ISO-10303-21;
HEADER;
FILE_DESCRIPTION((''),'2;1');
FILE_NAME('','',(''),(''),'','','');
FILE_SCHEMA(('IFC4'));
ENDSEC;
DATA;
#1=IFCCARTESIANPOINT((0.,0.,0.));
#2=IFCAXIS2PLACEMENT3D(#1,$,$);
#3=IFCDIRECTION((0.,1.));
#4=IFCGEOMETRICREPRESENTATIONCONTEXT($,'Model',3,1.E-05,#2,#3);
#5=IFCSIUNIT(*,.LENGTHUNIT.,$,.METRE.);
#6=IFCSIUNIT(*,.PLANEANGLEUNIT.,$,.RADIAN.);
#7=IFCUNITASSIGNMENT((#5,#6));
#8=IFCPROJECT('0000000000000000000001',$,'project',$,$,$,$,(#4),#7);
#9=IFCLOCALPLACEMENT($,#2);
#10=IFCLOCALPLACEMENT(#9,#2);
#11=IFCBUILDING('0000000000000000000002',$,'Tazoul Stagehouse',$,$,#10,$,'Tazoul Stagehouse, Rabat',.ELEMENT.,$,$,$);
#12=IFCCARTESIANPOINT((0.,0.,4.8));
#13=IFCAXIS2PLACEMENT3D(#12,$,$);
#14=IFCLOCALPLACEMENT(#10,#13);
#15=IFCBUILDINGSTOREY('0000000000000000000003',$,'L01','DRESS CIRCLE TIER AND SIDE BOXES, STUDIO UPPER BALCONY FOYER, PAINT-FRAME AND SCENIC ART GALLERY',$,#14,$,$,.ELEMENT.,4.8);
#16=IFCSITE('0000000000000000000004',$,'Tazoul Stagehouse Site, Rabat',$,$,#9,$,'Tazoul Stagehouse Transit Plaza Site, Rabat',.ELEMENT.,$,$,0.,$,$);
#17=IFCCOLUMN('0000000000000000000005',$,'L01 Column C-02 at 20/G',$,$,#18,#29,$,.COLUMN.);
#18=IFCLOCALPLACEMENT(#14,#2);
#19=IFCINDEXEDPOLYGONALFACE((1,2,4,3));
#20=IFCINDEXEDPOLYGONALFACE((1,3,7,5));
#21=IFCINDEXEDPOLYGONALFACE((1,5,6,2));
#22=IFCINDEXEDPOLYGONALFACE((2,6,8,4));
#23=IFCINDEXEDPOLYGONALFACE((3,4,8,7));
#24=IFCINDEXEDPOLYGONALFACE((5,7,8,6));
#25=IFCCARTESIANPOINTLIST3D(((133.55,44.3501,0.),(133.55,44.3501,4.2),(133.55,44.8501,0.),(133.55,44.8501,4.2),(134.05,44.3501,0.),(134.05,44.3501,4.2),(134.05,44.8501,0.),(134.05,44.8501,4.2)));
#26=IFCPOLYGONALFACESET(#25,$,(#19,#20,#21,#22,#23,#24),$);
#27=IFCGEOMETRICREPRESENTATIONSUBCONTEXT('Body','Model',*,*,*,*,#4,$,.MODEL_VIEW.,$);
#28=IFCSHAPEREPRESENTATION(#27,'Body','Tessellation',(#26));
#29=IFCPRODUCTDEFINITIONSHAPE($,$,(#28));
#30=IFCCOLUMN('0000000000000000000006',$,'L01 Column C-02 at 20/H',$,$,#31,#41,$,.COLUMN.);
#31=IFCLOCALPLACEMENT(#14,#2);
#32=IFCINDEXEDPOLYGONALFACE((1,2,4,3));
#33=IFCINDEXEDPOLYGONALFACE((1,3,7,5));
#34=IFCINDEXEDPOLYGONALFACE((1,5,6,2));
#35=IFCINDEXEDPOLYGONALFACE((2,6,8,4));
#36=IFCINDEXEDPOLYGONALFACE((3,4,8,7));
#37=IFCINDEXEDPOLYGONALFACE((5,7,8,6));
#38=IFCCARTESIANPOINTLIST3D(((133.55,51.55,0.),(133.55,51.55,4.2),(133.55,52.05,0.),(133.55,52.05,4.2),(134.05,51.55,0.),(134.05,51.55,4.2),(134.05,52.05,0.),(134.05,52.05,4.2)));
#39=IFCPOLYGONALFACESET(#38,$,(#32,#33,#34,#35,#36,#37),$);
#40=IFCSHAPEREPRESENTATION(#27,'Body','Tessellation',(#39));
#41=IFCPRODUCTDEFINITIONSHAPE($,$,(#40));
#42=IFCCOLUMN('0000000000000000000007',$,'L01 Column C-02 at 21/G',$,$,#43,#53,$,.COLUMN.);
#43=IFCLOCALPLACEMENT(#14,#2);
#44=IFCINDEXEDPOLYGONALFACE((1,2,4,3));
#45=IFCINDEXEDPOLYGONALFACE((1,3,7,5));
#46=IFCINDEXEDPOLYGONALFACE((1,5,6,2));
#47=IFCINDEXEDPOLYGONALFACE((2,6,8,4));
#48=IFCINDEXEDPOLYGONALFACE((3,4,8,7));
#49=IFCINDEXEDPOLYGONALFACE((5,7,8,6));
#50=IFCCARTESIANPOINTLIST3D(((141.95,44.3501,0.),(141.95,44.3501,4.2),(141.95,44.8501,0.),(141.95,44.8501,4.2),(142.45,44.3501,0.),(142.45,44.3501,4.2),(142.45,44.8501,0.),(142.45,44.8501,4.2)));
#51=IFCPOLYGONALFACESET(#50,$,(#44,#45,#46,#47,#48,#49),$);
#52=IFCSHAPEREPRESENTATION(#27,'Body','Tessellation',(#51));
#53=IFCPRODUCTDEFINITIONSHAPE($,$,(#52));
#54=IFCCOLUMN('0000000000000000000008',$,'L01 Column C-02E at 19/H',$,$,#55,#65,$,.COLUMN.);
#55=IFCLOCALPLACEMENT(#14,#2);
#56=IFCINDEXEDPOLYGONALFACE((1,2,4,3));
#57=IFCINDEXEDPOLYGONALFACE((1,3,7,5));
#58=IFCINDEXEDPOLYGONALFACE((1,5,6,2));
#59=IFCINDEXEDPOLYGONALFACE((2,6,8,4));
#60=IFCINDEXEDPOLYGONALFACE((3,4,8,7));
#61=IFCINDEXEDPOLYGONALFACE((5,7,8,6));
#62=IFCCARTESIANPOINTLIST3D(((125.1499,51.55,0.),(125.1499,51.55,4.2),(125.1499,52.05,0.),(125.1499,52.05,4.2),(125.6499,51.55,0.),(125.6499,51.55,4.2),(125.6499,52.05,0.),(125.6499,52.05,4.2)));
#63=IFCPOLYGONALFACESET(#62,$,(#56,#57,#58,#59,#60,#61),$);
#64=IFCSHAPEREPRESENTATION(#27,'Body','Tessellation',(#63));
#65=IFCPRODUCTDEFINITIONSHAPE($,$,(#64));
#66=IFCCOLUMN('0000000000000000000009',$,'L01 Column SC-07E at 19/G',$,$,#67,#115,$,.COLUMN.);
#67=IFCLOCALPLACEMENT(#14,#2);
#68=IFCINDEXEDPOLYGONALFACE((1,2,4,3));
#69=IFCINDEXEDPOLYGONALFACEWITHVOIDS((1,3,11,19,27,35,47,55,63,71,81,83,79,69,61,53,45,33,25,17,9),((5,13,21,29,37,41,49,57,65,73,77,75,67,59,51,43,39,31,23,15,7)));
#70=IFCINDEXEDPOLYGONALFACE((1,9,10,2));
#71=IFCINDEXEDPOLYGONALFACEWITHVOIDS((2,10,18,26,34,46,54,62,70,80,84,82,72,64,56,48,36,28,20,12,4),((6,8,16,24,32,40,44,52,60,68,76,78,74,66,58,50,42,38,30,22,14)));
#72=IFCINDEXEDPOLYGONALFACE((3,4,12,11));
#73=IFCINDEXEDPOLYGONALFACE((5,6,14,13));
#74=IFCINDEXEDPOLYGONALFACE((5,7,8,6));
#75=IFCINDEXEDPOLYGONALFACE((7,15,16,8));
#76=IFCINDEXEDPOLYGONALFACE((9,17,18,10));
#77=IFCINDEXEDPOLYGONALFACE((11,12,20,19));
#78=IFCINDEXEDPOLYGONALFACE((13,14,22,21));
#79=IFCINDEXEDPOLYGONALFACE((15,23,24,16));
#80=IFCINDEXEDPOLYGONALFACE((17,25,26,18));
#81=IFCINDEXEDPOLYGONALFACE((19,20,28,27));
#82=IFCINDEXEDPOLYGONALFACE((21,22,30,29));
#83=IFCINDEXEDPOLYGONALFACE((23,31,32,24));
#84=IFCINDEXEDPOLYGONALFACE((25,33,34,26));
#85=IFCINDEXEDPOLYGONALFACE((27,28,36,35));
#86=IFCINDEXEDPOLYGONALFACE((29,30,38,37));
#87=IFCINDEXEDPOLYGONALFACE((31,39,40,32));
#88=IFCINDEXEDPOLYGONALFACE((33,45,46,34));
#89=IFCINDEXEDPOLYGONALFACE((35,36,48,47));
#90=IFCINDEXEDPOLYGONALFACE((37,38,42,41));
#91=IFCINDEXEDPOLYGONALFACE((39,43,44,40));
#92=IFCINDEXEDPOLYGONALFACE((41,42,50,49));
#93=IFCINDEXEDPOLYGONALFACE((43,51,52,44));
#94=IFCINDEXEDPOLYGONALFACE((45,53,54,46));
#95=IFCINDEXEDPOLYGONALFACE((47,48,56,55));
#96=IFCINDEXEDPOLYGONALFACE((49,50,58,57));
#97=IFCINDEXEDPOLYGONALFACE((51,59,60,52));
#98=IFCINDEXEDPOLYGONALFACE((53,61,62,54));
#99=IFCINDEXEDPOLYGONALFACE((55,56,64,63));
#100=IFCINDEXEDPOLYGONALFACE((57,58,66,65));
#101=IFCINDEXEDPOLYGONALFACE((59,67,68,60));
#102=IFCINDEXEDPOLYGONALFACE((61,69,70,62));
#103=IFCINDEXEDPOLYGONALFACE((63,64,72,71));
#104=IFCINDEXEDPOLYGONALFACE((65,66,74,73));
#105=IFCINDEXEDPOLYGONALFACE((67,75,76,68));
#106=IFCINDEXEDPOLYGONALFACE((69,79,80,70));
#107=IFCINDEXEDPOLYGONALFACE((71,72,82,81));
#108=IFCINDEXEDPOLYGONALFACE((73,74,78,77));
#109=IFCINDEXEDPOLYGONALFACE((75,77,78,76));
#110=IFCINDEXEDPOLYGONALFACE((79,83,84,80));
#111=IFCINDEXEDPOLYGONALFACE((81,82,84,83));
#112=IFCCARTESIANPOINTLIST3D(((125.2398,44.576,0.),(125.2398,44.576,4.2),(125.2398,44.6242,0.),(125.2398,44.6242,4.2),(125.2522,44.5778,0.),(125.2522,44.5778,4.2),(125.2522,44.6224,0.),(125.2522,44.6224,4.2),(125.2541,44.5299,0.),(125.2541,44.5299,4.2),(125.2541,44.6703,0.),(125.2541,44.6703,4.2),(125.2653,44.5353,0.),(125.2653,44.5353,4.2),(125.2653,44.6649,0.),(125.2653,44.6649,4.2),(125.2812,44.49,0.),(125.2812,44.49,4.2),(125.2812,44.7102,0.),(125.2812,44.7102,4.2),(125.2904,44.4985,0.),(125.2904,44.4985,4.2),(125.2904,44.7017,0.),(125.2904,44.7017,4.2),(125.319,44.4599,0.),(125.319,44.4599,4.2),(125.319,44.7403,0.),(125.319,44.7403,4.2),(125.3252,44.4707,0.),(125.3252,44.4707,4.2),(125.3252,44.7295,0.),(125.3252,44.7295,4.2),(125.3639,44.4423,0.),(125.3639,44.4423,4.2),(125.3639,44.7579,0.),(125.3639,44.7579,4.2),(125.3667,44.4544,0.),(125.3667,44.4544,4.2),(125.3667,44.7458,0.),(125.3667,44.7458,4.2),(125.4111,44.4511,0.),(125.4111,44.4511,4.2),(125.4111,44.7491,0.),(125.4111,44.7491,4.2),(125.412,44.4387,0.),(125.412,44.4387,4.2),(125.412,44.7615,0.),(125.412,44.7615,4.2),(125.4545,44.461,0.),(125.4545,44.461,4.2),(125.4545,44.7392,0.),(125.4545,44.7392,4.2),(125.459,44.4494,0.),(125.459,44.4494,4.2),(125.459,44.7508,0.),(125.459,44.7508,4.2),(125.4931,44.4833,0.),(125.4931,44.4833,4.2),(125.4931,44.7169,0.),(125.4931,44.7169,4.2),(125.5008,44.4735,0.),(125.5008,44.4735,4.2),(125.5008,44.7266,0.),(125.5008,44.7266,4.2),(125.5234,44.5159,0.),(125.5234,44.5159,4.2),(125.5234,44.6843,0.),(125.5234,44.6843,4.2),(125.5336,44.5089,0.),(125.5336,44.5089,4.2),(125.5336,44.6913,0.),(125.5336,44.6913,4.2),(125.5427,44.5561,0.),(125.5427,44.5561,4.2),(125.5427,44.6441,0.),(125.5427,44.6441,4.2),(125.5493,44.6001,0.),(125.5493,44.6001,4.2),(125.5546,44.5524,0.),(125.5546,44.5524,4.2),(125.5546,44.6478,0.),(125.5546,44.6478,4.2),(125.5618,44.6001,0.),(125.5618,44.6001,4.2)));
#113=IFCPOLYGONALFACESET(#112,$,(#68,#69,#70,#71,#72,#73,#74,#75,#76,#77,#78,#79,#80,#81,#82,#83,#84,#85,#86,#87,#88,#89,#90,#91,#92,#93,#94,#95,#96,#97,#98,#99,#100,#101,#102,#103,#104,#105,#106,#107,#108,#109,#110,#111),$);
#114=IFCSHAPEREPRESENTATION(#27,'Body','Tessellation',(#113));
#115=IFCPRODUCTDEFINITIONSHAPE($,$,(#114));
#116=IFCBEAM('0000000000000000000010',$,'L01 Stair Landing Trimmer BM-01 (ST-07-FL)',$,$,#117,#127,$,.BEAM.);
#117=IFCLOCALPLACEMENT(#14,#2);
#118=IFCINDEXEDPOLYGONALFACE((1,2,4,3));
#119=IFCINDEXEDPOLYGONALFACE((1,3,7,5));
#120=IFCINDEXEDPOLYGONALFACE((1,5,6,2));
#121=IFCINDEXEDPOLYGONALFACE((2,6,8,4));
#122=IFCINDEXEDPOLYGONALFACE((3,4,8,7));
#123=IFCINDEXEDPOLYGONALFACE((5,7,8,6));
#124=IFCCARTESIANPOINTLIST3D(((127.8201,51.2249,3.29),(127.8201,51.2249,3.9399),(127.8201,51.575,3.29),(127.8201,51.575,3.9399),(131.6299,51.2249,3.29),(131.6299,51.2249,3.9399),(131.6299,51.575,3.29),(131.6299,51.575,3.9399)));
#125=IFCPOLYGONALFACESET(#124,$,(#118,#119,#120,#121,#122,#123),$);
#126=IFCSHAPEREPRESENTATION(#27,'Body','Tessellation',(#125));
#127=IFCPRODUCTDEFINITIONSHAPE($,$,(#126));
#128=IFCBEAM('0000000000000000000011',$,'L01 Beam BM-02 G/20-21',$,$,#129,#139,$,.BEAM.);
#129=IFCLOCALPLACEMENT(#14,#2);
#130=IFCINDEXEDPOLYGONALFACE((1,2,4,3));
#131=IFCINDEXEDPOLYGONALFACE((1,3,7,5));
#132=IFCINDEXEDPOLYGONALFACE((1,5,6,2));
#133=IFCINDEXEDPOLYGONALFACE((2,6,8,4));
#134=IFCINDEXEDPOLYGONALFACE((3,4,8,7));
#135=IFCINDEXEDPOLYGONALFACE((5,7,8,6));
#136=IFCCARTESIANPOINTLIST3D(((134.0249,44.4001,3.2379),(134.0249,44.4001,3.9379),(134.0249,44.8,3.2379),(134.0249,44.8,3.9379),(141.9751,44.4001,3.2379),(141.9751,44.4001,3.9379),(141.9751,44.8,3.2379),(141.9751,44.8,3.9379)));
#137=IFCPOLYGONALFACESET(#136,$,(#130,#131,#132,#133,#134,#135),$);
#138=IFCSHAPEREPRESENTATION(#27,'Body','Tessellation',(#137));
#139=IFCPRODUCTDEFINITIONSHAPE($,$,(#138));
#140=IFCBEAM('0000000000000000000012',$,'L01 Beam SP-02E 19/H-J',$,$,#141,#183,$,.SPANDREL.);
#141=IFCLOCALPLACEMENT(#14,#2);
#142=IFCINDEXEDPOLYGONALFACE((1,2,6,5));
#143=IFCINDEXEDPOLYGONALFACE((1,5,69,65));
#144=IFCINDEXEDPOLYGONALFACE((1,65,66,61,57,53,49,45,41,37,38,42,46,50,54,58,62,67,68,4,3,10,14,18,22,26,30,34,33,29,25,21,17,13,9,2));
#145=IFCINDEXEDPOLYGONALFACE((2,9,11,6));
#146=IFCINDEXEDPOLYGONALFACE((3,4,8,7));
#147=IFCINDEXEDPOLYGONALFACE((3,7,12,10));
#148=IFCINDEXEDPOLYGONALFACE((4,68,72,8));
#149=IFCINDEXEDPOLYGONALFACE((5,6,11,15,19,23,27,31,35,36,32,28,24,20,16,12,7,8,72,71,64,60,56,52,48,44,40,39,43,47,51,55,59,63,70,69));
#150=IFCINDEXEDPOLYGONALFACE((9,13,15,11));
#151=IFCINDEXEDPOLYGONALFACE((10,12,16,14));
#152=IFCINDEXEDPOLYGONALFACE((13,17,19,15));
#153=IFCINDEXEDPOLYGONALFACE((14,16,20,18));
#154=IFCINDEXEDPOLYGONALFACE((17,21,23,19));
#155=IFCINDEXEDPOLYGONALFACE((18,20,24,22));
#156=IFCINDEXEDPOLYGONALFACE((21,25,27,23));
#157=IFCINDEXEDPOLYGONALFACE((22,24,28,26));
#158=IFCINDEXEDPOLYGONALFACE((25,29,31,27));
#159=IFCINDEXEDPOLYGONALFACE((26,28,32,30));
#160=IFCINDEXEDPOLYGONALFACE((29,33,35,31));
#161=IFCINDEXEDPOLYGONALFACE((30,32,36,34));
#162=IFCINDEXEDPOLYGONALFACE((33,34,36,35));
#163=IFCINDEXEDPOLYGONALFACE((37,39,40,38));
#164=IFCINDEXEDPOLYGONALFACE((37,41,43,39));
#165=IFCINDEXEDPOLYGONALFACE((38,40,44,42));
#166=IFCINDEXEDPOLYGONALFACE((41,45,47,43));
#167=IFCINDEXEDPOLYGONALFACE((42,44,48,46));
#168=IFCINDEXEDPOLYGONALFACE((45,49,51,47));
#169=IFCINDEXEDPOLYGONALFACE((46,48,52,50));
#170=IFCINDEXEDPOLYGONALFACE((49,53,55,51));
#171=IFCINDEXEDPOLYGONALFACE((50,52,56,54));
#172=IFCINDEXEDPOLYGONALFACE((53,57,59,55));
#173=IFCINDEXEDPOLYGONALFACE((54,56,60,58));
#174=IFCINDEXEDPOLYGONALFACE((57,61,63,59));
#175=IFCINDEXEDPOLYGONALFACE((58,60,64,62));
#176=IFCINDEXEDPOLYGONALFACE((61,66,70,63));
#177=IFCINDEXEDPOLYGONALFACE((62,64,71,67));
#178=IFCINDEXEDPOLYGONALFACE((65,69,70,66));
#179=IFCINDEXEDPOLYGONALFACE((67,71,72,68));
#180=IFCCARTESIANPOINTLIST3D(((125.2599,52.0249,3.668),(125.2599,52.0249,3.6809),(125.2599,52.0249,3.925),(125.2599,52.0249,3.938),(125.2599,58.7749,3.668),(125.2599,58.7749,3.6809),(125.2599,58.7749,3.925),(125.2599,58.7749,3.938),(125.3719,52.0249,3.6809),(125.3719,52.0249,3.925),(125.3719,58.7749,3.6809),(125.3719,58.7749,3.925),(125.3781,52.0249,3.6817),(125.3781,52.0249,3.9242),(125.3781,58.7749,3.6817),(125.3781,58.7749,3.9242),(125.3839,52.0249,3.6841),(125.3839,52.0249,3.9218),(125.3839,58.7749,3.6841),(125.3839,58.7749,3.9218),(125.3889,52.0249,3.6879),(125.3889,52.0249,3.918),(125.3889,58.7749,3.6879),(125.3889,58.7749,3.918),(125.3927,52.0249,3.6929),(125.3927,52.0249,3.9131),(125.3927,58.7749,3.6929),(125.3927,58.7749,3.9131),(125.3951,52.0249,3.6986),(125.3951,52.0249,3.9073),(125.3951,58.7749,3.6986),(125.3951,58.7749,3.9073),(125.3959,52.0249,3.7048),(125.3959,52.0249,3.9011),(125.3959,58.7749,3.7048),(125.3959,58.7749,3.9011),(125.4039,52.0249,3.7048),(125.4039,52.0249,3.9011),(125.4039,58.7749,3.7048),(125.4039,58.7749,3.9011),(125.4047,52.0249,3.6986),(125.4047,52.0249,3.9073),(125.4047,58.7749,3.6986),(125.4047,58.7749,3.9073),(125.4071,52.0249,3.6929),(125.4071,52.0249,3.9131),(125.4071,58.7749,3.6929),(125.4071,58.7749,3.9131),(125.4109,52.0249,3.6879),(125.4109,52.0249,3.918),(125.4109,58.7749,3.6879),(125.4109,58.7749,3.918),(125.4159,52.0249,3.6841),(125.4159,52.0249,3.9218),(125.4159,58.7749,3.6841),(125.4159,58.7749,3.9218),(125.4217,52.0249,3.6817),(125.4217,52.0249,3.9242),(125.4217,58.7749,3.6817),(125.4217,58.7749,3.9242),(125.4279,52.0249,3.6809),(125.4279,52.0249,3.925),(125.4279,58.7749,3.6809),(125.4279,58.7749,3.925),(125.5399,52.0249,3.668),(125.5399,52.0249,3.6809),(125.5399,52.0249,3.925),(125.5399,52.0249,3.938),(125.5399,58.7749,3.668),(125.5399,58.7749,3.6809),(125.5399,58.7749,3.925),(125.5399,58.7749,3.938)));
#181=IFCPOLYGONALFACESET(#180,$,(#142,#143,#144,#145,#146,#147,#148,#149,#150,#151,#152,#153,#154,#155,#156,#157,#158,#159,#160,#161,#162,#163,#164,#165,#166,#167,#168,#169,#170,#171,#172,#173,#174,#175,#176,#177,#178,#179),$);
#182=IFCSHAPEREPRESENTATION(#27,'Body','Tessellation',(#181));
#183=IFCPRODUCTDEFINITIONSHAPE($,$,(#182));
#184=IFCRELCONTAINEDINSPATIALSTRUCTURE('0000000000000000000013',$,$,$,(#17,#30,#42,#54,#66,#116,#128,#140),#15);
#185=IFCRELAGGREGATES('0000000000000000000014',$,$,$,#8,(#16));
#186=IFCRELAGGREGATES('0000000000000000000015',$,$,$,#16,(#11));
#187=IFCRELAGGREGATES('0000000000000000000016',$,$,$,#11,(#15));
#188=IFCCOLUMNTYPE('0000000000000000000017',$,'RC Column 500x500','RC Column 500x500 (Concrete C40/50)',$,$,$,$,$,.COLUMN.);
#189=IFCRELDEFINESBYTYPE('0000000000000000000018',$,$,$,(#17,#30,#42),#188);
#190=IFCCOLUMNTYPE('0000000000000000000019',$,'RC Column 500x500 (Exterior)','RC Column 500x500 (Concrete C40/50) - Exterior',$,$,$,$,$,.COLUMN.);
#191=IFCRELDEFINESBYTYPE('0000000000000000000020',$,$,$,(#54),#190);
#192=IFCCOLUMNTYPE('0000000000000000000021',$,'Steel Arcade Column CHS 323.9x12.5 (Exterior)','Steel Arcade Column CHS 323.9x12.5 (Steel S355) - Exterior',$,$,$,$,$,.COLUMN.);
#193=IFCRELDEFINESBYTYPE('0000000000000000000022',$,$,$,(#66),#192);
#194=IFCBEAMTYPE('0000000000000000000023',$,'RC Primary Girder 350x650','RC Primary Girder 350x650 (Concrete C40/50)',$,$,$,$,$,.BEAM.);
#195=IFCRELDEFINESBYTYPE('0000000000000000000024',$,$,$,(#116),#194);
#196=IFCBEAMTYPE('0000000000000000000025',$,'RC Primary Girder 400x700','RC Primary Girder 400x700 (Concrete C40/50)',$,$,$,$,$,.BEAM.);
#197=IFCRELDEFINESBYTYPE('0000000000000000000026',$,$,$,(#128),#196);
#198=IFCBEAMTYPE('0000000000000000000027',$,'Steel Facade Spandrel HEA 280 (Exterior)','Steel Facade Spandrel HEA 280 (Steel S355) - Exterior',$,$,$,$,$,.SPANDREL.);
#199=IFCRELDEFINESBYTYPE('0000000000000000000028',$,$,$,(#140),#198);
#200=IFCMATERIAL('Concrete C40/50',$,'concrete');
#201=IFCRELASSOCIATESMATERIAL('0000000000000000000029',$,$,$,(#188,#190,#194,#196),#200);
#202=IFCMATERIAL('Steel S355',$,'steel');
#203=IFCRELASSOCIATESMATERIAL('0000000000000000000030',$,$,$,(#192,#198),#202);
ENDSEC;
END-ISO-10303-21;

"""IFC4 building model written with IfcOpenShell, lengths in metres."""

from ifc_helpers import new_model, si_unit, direction, frame, origin, origin_2d, place, context, subcontext, project, spatial, rectangle, hollow_circle, i_section, extrude, material, material_profile, profile_set, type_object, element, save


model = new_model("IFC4")

# Units and contexts
model_context = context("Model", 3, precision=1e-05, world=origin(), true_north=direction((0.0, 1.0)))
body_context = subcontext(model_context, "Body", "Model", "MODEL_VIEW")
ifc_project = project(units=[si_unit("LENGTHUNIT", "METRE"), si_unit("PLANEANGLEUNIT", "RADIAN")], contexts=[model_context])

# Site, building, storey
site_placement = place(None, origin())
site = spatial("IfcSite", under=ifc_project, at=site_placement, Name="Tazoul Stagehouse Site, Rabat", LongName="Tazoul Stagehouse Transit Plaza Site, Rabat", CompositionType="ELEMENT", RefElevation=0.0)
building_placement = place(site_placement, origin())
building = spatial("IfcBuilding", under=site, at=building_placement, Name="Tazoul Stagehouse", LongName="Tazoul Stagehouse, Rabat", CompositionType="ELEMENT")
storey_placement = place(building_placement, frame((0.0, 0.0, 4.8)))
storey = spatial("IfcBuildingStorey", under=building, at=storey_placement, Name="L01", Description="DRESS CIRCLE TIER AND SIDE BOXES, STUDIO UPPER BALCONY FOYER, PAINT-FRAME AND SCENIC ART GALLERY", CompositionType="ELEMENT", Elevation=4.8)

# Columns
ifc_material_1 = material(Name="Concrete C40/50", Category="concrete")
ifc_material_profile_1 = material_profile(ifc_material_1, rectangle(XDim=0.5, YDim=0.5, at=origin_2d()), Name="RC 500x500")
ifc_profile_set_1 = profile_set([ifc_material_profile_1], Name="Concrete C40/50")
column_type_1 = type_object("IfcColumnType", Name="RC Column 500x500", Description="RC Column 500x500 (Concrete C40/50)", PredefinedType="COLUMN", material=ifc_profile_set_1)
for number, where, z_axis, x_axis, name in (
    (1, (133.8, 44.6001, 0.0), (0.0, 0.0, 1.0), (1.0, 0.0, 0.0), "L01 Column C-02 at 20/G"),
    (2, (133.8, 51.8, 0.0), (0.0, 0.0, 1.0), (1.0, 0.0, 0.0), "L01 Column C-02 at 20/H"),
    (3, (142.2, 44.6001, 0.0), (0.0, 0.0, 1.0), (1.0, 0.0, 0.0), "L01 Column C-02 at 21/G"),
):
    element("IfcColumn", number, at=place(storey_placement, frame(where, z_axis=z_axis, x_axis=x_axis)), inside=storey, type_object=column_type_1, Name=name, PredefinedType="COLUMN", context=body_context, shape_type="SweptSolid", body=[
        extrude(rectangle(XDim=0.5, YDim=0.5, at=origin_2d()), origin(), (0.0, 0.0, 1.0), 4.2),
    ])
ifc_material_profile_2 = material_profile(ifc_material_1, rectangle(XDim=0.5, YDim=0.5, at=origin_2d()), Name="RC 500x500")
ifc_profile_set_2 = profile_set([ifc_material_profile_2], Name="Concrete C40/50")
column_type_2 = type_object("IfcColumnType", Name="RC Column 500x500 (Exterior)", Description="RC Column 500x500 (Concrete C40/50) - Exterior", PredefinedType="COLUMN", material=ifc_profile_set_2)
column_1_placement = place(storey_placement, frame((125.3999, 51.8, 0.0), z_axis=(0.0, 0.0, 1.0), x_axis=(1.0, 0.0, 0.0)))
element("IfcColumn", 4, at=column_1_placement, inside=storey, type_object=column_type_2, Name="L01 Column C-02E at 19/H", PredefinedType="COLUMN", context=body_context, shape_type="SweptSolid", body=[
    extrude(rectangle(XDim=0.5, YDim=0.5, at=origin_2d()), origin(), (0.0, 0.0, 1.0), 4.2),
])
ifc_material_2 = material(Name="Steel S355", Category="steel")
ifc_material_profile_3 = material_profile(ifc_material_2, hollow_circle(Radius=0.1619, WallThickness=0.0125, at=origin_2d()), Name="CHS 323.9x12.5")
ifc_profile_set_3 = profile_set([ifc_material_profile_3], Name="Steel S355")
column_type_3 = type_object("IfcColumnType", Name="Steel Arcade Column CHS 323.9x12.5 (Exterior)", Description="Steel Arcade Column CHS 323.9x12.5 (Steel S355) - Exterior", PredefinedType="COLUMN", material=ifc_profile_set_3)
column_2_placement = place(storey_placement, frame((125.3999, 44.6001, 0.0), z_axis=(0.0, 0.0, 1.0), x_axis=(1.0, 0.0, 0.0)))
element("IfcColumn", 5, at=column_2_placement, inside=storey, type_object=column_type_3, Name="L01 Column SC-07E at 19/G", PredefinedType="COLUMN", context=body_context, shape_type="SweptSolid", body=[
    extrude(hollow_circle(Radius=0.1619, WallThickness=0.0125, at=origin_2d()), origin(), (0.0, 0.0, 1.0), 4.2),
])

# Beams
ifc_material_profile_4 = material_profile(ifc_material_1, rectangle(XDim=0.3501, YDim=0.6499, at=origin_2d()), Name="RC 350x650")
ifc_profile_set_4 = profile_set([ifc_material_profile_4], Name="Concrete C40/50")
beam_type_1 = type_object("IfcBeamType", Name="RC Primary Girder 350x650", Description="RC Primary Girder 350x650 (Concrete C40/50)", PredefinedType="BEAM", material=ifc_profile_set_4)
beam_1_placement = place(storey_placement, frame((127.8201, 51.3999, 3.615), z_axis=(1.0, 0.0, 0.0), x_axis=(0.0, 1.0, 0.0)))
element("IfcBeam", 6, at=beam_1_placement, inside=storey, type_object=beam_type_1, Name="L01 Stair Landing Trimmer BM-01 (ST-07-FL)", PredefinedType="BEAM", context=body_context, shape_type="SweptSolid", body=[
    extrude(rectangle(XDim=0.3501, YDim=0.6499, at=origin_2d()), origin(), (0.0, 0.0, 1.0), 3.8098),
])
ifc_material_profile_5 = material_profile(ifc_material_1, rectangle(XDim=0.3999, YDim=0.7, at=origin_2d()), Name="RC 400x700")
ifc_profile_set_5 = profile_set([ifc_material_profile_5], Name="Concrete C40/50")
beam_type_2 = type_object("IfcBeamType", Name="RC Primary Girder 400x700", Description="RC Primary Girder 400x700 (Concrete C40/50)", PredefinedType="BEAM", material=ifc_profile_set_5)
beam_2_placement = place(storey_placement, frame((134.0249, 44.6001, 3.5879), z_axis=(1.0, 0.0, 0.0), x_axis=(0.0, 1.0, 0.0)))
element("IfcBeam", 7, at=beam_2_placement, inside=storey, type_object=beam_type_2, Name="L01 Beam BM-02 G/20-21", PredefinedType="BEAM", context=body_context, shape_type="SweptSolid", body=[
    extrude(rectangle(XDim=0.3999, YDim=0.7, at=origin_2d()), origin(), (0.0, 0.0, 1.0), 7.9502),
])
ifc_material_profile_6 = material_profile(ifc_material_2, i_section(OverallWidth=0.28, OverallDepth=0.27, WebThickness=0.0081, FlangeThickness=0.0129, FilletRadius=0.0239, at=origin_2d()), Name="HEA 280")
ifc_profile_set_6 = profile_set([ifc_material_profile_6], Name="Steel S355")
beam_type_3 = type_object("IfcBeamType", Name="Steel Facade Spandrel HEA 280 (Exterior)", Description="Steel Facade Spandrel HEA 280 (Steel S355) - Exterior", PredefinedType="SPANDREL", material=ifc_profile_set_6)
beam_3_placement = place(storey_placement, frame((125.3999, 52.0249, 3.803), z_axis=(0.0, 1.0, 0.0), x_axis=(-1.0, 0.0, 0.0)))
element("IfcBeam", 8, at=beam_3_placement, inside=storey, type_object=beam_type_3, Name="L01 Beam SP-02E 19/H-J", PredefinedType="SPANDREL", context=body_context, shape_type="SweptSolid", body=[
    extrude(i_section(OverallWidth=0.28, OverallDepth=0.27, WebThickness=0.0081, FlangeThickness=0.0129, FilletRadius=0.0239, at=origin_2d()), origin(), (0.0, 0.0, 1.0), 6.75),
])

save(model, "model.ifc")
